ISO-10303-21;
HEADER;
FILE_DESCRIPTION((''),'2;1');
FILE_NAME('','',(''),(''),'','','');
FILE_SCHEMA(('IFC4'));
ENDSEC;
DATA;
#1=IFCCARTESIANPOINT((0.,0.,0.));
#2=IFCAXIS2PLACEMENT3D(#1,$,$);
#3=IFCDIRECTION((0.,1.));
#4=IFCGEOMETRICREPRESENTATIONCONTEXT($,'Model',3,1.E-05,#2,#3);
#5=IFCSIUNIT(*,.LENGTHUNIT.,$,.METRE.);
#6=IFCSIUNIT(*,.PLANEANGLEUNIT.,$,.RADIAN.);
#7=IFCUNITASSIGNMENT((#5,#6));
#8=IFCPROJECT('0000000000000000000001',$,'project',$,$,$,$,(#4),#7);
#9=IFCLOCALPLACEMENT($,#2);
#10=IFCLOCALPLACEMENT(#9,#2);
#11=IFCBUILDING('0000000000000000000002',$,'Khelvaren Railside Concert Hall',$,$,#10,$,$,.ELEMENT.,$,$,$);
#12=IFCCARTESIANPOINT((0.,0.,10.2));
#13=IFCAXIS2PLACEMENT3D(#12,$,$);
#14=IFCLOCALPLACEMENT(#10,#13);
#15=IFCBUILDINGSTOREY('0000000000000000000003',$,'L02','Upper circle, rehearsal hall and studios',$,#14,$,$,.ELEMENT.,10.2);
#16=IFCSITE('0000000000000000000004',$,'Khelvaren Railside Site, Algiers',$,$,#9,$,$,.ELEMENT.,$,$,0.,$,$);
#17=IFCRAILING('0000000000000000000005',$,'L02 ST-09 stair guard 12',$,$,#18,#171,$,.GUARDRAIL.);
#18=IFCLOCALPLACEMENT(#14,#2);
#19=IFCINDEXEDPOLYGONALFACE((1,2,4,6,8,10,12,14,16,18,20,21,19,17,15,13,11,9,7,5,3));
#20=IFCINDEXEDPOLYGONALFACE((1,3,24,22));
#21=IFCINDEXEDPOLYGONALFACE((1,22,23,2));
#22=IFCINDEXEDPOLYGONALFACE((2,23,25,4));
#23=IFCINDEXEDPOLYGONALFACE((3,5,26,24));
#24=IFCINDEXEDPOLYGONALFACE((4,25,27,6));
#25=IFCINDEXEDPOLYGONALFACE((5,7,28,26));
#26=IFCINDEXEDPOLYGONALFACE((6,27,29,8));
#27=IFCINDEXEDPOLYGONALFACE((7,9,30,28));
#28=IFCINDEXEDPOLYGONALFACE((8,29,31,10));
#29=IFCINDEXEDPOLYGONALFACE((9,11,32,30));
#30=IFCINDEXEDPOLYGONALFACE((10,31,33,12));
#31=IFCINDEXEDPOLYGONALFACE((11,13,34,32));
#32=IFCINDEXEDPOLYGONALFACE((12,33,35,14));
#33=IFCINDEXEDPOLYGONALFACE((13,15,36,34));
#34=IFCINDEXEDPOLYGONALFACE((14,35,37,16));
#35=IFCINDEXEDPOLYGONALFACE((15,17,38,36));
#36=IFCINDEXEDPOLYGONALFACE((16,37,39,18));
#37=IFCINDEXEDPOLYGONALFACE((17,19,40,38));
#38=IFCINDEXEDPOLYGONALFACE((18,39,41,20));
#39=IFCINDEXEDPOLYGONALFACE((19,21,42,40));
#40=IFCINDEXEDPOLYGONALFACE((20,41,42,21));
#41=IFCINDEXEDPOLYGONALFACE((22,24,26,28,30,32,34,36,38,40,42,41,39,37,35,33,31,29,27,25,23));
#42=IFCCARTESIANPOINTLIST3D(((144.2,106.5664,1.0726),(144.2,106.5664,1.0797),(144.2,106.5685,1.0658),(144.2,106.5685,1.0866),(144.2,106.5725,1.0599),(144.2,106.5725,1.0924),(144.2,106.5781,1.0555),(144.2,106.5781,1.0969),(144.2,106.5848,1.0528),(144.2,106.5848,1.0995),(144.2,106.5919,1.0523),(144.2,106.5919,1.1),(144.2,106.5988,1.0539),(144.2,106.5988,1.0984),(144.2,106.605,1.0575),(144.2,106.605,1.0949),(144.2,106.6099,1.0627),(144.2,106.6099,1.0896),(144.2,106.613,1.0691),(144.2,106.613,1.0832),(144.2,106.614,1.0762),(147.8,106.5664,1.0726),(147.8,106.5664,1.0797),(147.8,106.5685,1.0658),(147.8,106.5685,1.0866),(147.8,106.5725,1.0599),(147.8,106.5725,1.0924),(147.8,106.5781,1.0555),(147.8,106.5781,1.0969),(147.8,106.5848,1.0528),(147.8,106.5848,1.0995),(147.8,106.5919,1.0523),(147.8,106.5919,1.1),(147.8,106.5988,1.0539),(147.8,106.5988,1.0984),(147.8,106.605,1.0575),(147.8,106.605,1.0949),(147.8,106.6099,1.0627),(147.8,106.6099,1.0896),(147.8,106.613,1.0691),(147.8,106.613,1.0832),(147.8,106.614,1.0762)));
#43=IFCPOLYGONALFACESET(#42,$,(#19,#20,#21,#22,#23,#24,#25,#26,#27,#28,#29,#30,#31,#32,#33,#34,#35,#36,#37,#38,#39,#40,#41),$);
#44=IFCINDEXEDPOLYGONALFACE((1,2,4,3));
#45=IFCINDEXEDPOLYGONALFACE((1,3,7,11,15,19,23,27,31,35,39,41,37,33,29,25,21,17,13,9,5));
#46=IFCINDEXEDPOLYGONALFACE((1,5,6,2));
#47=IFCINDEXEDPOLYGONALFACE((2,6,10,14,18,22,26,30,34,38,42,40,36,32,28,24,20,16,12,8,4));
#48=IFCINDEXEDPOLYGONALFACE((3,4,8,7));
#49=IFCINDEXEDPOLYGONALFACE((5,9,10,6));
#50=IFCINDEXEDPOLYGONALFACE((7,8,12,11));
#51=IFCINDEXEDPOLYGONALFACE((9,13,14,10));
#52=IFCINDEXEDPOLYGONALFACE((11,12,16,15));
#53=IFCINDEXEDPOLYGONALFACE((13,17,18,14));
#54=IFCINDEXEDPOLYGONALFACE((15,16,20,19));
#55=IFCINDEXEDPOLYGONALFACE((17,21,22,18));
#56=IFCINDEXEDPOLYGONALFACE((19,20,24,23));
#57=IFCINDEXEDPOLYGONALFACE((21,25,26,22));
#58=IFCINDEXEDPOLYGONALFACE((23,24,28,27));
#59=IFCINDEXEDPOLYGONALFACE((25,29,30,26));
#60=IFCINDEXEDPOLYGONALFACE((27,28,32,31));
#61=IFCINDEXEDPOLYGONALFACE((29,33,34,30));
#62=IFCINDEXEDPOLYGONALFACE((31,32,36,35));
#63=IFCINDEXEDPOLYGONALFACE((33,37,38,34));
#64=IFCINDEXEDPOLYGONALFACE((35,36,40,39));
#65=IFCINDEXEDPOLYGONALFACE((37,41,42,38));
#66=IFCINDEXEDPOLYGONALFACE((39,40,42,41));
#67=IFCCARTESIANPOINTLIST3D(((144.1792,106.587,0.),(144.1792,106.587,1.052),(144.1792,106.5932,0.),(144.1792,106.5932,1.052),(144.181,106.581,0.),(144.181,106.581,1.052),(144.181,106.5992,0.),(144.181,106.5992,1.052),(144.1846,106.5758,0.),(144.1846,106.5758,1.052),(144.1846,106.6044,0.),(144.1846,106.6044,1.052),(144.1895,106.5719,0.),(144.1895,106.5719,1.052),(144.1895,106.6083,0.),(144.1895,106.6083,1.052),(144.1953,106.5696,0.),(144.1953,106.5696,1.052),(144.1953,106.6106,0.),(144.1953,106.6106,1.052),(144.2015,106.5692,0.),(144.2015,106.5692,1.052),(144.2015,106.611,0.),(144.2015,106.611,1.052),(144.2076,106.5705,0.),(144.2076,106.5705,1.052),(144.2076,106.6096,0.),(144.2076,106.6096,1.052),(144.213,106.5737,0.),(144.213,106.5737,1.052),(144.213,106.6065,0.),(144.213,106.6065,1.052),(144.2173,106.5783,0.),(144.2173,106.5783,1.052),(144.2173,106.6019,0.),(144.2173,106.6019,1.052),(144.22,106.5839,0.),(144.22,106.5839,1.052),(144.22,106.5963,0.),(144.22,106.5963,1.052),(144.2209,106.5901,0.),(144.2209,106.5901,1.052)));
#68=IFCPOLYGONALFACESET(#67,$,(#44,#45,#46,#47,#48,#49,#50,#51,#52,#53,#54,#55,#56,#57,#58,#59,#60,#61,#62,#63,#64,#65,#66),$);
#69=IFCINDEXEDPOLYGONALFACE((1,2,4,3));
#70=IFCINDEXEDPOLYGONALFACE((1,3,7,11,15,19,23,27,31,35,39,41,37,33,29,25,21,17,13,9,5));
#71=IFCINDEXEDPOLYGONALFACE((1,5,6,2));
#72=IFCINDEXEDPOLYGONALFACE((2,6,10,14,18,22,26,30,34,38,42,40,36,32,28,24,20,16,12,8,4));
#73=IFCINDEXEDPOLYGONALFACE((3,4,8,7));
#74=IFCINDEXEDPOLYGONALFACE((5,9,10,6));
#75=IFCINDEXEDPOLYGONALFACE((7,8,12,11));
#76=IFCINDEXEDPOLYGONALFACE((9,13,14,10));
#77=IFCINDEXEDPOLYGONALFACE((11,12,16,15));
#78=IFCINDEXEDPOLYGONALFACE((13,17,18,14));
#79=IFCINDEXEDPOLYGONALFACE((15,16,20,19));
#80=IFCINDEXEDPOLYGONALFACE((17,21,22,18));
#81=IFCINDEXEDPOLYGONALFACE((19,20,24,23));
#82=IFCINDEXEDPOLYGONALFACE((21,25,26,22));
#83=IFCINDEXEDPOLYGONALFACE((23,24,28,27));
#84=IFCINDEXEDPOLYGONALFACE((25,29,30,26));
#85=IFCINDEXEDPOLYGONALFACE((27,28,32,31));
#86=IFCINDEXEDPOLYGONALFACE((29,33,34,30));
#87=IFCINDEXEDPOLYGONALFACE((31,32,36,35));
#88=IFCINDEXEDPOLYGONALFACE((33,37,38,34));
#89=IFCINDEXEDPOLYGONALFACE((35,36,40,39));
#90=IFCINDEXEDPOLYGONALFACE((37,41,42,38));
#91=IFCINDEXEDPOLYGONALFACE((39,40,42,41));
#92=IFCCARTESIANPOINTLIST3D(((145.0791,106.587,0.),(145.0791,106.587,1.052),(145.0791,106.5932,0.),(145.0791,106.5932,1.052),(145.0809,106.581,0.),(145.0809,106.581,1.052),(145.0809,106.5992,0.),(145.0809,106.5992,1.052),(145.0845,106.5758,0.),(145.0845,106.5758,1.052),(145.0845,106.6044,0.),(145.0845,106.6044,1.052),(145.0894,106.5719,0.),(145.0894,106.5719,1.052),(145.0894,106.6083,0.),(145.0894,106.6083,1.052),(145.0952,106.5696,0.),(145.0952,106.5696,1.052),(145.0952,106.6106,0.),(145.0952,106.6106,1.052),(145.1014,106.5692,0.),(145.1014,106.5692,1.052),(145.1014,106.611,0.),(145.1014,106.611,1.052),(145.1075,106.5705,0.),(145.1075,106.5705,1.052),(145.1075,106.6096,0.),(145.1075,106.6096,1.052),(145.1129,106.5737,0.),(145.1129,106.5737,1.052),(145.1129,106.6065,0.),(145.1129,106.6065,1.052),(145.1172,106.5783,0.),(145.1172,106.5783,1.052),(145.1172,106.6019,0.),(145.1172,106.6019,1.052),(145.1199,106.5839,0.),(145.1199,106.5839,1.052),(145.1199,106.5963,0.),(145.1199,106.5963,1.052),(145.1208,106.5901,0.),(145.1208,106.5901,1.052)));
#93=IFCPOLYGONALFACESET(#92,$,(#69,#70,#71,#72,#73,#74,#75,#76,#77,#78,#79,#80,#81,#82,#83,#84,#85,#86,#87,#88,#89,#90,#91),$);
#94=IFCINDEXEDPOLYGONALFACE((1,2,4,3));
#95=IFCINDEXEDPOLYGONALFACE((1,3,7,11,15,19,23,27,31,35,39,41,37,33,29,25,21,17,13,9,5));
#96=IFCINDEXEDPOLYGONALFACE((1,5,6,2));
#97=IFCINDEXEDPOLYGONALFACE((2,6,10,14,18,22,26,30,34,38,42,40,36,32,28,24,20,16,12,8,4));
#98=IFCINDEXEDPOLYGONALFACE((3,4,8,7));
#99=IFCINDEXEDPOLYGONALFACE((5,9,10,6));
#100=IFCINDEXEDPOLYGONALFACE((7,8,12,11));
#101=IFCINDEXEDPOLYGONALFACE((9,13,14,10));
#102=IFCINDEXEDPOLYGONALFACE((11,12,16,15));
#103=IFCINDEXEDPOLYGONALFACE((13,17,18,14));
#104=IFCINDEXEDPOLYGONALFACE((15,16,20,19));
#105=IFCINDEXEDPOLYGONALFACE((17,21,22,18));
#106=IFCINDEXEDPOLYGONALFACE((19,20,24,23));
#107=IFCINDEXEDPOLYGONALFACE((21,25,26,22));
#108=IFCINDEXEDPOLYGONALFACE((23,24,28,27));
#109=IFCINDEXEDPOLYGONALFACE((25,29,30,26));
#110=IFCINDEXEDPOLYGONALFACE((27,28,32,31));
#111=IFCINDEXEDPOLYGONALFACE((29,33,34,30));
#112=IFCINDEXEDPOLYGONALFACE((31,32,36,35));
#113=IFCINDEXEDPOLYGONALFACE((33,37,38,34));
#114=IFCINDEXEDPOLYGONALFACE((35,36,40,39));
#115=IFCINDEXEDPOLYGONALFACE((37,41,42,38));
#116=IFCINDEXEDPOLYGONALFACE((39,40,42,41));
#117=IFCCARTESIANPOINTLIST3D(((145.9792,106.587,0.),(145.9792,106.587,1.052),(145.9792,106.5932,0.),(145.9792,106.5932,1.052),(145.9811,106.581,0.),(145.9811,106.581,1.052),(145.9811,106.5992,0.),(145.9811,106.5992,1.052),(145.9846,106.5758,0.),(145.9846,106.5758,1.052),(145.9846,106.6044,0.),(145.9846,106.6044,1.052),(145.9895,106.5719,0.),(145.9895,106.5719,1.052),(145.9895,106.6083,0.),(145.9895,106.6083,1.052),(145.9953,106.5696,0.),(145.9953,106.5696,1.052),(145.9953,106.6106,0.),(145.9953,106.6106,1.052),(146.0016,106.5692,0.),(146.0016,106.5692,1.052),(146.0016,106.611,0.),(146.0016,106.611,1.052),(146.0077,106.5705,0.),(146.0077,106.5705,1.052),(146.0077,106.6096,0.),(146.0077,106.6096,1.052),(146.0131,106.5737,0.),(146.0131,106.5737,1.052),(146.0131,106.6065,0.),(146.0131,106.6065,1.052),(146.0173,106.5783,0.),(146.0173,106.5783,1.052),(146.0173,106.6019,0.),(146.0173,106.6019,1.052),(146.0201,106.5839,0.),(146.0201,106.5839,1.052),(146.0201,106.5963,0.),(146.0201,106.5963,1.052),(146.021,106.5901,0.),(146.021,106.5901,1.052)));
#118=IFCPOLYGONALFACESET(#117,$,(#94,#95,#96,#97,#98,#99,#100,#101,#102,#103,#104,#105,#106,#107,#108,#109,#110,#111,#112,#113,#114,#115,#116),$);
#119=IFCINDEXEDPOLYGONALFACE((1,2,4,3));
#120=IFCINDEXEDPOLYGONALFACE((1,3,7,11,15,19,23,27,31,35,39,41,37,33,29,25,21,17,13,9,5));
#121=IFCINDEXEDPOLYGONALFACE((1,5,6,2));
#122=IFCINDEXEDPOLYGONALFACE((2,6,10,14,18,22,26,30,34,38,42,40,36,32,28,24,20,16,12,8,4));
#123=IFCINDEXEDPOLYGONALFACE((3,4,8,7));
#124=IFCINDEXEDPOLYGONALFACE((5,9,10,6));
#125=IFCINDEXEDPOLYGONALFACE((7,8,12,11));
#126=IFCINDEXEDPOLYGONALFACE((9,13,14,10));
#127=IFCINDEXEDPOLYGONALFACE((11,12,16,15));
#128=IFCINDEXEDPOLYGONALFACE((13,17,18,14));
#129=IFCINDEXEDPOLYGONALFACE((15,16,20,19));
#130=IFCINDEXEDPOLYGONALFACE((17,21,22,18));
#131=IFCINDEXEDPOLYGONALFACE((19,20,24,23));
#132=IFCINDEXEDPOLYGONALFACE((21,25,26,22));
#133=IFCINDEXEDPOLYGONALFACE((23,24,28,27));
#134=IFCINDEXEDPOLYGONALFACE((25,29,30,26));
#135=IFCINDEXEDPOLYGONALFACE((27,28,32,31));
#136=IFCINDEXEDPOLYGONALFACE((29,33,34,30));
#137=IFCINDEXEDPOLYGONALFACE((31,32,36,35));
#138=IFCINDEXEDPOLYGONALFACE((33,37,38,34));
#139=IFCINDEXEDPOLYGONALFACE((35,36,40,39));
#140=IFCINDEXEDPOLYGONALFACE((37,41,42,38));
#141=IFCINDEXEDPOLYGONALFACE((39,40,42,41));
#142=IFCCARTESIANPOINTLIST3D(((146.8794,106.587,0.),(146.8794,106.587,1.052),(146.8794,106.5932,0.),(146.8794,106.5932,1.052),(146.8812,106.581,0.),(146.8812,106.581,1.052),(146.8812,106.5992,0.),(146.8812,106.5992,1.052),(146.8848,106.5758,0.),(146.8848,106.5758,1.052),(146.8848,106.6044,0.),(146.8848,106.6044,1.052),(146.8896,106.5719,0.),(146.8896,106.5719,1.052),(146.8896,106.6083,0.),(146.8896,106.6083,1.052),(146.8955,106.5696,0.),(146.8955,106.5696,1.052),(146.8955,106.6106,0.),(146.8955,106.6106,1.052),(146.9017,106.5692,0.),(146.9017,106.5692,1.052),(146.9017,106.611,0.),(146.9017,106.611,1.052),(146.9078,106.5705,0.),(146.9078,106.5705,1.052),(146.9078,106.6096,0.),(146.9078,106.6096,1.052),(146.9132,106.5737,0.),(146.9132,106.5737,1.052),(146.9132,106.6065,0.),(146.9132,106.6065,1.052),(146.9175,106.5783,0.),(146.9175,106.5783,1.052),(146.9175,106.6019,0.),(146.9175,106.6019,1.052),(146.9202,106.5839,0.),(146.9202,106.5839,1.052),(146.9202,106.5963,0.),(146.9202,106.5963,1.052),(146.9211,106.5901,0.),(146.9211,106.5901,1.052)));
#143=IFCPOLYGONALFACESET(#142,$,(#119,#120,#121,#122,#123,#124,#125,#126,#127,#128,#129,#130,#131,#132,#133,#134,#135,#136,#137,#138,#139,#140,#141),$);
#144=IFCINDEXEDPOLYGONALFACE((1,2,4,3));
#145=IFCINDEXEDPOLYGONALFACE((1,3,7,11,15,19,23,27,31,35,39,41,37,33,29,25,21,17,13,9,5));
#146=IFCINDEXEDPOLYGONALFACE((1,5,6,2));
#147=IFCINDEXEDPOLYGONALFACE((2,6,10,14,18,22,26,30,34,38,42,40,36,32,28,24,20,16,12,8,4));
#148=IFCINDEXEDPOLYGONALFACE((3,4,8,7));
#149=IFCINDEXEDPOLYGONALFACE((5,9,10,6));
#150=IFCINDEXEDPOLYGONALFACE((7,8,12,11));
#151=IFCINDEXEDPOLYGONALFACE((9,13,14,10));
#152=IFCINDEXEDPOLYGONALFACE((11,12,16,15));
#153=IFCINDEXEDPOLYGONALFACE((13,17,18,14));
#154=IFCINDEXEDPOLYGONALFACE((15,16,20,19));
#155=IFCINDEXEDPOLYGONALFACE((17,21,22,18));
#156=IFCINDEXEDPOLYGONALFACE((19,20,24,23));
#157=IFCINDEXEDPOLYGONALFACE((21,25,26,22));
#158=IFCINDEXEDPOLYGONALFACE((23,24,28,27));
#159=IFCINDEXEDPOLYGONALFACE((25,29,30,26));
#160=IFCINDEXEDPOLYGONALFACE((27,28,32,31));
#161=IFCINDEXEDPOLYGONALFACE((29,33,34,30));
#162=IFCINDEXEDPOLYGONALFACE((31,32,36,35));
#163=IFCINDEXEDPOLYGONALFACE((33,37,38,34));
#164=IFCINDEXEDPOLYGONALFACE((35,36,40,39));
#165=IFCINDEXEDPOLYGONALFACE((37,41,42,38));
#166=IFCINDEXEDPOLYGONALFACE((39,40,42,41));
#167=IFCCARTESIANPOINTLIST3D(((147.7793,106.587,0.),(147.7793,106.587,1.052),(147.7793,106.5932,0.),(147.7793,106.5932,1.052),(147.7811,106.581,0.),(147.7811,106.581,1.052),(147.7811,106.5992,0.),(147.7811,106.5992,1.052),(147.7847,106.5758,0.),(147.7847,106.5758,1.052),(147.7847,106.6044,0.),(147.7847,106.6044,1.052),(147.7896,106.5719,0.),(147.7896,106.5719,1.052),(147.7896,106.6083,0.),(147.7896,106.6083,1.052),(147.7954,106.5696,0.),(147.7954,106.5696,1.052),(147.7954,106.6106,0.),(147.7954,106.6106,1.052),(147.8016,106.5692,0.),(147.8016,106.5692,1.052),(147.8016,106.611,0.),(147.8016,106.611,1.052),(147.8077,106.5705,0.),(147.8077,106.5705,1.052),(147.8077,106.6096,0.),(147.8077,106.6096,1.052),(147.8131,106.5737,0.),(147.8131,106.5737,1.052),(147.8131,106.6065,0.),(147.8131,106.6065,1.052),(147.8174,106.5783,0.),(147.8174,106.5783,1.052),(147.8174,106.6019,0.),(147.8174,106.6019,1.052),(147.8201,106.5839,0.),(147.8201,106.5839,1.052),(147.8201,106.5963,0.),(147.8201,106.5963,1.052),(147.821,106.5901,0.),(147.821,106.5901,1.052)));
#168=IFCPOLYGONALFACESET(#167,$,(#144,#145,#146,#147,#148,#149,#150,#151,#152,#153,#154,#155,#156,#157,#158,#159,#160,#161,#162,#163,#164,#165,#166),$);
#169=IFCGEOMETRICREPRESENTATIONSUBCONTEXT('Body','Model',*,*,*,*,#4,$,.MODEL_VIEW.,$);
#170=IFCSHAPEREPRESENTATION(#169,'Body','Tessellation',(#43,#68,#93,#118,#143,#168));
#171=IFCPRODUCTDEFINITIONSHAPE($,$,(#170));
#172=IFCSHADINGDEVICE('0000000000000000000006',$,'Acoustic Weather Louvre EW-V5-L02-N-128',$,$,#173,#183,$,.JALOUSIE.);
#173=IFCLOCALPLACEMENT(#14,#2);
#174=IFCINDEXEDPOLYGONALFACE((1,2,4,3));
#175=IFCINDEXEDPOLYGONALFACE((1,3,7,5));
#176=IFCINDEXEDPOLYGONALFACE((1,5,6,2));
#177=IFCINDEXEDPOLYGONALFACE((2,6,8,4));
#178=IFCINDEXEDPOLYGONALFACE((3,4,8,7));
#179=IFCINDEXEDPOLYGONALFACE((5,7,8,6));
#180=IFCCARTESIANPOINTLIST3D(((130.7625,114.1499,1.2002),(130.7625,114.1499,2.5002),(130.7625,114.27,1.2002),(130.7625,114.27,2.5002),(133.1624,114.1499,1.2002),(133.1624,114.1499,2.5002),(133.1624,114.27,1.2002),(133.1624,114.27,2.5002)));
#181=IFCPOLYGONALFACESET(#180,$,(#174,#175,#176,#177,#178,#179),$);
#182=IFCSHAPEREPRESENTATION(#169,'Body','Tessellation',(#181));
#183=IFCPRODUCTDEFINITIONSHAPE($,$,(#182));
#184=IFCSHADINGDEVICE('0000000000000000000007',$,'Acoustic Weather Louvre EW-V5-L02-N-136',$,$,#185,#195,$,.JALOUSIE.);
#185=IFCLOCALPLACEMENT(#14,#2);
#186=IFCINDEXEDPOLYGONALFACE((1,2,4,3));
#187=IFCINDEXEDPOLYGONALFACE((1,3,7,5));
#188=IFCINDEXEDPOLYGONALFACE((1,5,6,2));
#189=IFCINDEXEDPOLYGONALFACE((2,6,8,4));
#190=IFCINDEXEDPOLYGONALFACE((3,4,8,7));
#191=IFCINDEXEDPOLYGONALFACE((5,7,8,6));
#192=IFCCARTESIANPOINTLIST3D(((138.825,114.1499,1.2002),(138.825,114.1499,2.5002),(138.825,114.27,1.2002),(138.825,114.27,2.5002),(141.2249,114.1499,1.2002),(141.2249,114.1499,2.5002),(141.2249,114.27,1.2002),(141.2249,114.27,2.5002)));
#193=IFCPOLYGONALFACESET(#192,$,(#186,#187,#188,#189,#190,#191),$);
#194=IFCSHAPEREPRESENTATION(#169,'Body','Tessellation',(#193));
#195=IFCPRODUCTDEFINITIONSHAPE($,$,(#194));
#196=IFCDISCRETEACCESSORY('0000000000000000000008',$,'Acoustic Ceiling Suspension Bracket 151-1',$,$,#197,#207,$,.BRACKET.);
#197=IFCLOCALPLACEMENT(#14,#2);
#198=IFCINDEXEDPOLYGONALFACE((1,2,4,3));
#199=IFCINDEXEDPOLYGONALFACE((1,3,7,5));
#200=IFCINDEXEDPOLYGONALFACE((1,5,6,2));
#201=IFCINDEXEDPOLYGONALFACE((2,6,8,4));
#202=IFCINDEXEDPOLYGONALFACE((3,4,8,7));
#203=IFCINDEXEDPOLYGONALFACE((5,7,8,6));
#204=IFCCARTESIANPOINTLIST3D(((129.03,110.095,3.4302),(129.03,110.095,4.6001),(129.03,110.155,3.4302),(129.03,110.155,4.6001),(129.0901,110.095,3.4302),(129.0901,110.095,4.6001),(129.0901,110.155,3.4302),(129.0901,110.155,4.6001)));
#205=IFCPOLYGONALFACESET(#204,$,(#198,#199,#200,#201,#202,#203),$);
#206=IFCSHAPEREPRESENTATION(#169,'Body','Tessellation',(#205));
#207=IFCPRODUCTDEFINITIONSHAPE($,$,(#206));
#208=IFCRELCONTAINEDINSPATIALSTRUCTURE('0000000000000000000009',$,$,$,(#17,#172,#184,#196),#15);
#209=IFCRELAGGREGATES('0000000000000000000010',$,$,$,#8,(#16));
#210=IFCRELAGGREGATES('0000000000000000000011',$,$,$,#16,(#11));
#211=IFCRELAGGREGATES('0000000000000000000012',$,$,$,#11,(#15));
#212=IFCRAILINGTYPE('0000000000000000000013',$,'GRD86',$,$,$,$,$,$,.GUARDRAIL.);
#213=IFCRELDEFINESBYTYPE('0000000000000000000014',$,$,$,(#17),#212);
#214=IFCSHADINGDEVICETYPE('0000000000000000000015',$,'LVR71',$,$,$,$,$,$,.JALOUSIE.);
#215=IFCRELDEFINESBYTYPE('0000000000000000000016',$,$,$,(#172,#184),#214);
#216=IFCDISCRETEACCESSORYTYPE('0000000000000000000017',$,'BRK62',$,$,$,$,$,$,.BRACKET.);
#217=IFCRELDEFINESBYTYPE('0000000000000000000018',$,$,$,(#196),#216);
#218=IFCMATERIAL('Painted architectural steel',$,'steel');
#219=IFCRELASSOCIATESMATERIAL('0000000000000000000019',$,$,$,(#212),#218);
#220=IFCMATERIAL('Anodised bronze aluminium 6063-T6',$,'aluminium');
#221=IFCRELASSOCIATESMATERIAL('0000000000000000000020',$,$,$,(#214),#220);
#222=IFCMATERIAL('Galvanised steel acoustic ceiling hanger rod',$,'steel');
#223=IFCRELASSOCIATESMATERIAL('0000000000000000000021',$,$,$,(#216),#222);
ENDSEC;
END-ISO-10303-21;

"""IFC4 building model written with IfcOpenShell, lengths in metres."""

from ifc_helpers import new_model, si_unit, direction, frame, origin, origin_2d, place, context, subcontext, project, spatial, rectangle, circle, extrude, material, type_object, element, save


model = new_model("IFC4")

# Units and contexts
model_context = context("Model", 3, precision=1e-05, world=origin(), true_north=direction((0.0, 1.0)))
body_context = subcontext(model_context, "Body", "Model", "MODEL_VIEW")
ifc_project = project(units=[si_unit("LENGTHUNIT", "METRE"), si_unit("PLANEANGLEUNIT", "RADIAN")], contexts=[model_context])

# Site, building, storey
site_placement = place(None, origin())
site = spatial("IfcSite", under=ifc_project, at=site_placement, Name="Khelvaren Railside Site, Algiers", CompositionType="ELEMENT", RefElevation=0.0)
building_placement = place(site_placement, origin())
building = spatial("IfcBuilding", under=site, at=building_placement, Name="Khelvaren Railside Concert Hall", CompositionType="ELEMENT")
storey_placement = place(building_placement, frame((0.0, 0.0, 10.2)))
storey = spatial("IfcBuildingStorey", under=building, at=storey_placement, Name="L02", Description="Upper circle, rehearsal hall and studios", CompositionType="ELEMENT", Elevation=10.2)

# Railing
ifc_material_1 = material(Name="Painted architectural steel", Category="steel")
railing_type = type_object("IfcRailingType", Name="GRD86", PredefinedType="GUARDRAIL", material=ifc_material_1)
railing_placement = place(storey_placement, frame((144.2, 106.5901, 0.0)))
element("IfcRailing", 1, at=railing_placement, inside=storey, type_object=railing_type, Name="L02 ST-09 stair guard 12", PredefinedType="GUARDRAIL", context=body_context, shape_type="SweptSolid", body=[
    extrude(circle(Radius=0.0239, at=origin_2d()), frame((0.0, 0.0, 1.0762), z_axis=(1.0, 0.0, 0.0), x_axis=(0.0, 1.0, 0.0)), (0.0, 0.0, 1.0), 3.6001),
    extrude(circle(Radius=0.021, at=origin_2d()), origin(), (0.0, 0.0, 1.0), 1.052),
    extrude(circle(Radius=0.021, at=origin_2d()), frame((0.8999, 0.0, 0.0)), (0.0, 0.0, 1.0), 1.052),
    extrude(circle(Radius=0.021, at=origin_2d()), frame((1.8, 0.0, 0.0)), (0.0, 0.0, 1.0), 1.052),
    extrude(circle(Radius=0.021, at=origin_2d()), frame((2.7002, 0.0, 0.0)), (0.0, 0.0, 1.0), 1.052),
    extrude(circle(Radius=0.021, at=origin_2d()), frame((3.6001, 0.0, 0.0)), (0.0, 0.0, 1.0), 1.052),
])

# Shading devices
ifc_material_2 = material(Name="Anodised bronze aluminium 6063-T6", Category="aluminium")
shading_device_type = type_object("IfcShadingDeviceType", Name="LVR71", PredefinedType="JALOUSIE", material=ifc_material_2)
for number, where, z_axis, x_axis, name in (
    (2, (131.9624, 114.21, 1.2002), (0.0, 0.0, 1.0), (1.0, 0.0, 0.0), "Acoustic Weather Louvre EW-V5-L02-N-128"),
    (3, (140.0249, 114.21, 1.2002), (0.0, 0.0, 1.0), (1.0, 0.0, 0.0), "Acoustic Weather Louvre EW-V5-L02-N-136"),
):
    element("IfcShadingDevice", number, at=place(storey_placement, frame(where, z_axis=z_axis, x_axis=x_axis)), inside=storey, type_object=shading_device_type, Name=name, PredefinedType="JALOUSIE", context=body_context, shape_type="SweptSolid", body=[
        extrude(rectangle(XDim=2.3999, YDim=0.1201, at=origin_2d()), origin(), (0.0, 0.0, 1.0), 1.3),
    ])

# Discrete accessory
ifc_material_3 = material(Name="Galvanised steel acoustic ceiling hanger rod", Category="steel")
discrete_accessory_type_1 = type_object("IfcDiscreteAccessoryType", Name="BRK62", PredefinedType="BRACKET", material=ifc_material_3)
for number, where, z_axis, x_axis, name in (
    (4, (129.0601, 110.125, 3.4302), (0.0, 0.0, 1.0), (1.0, 0.0, 0.0), "Acoustic Ceiling Suspension Bracket 151-1"),
):
    element("IfcDiscreteAccessory", number, at=place(storey_placement, frame(where, z_axis=z_axis, x_axis=x_axis)), inside=storey, type_object=discrete_accessory_type_1, Name=name, PredefinedType="BRACKET", context=body_context, shape_type="SweptSolid", body=[
        extrude(rectangle(XDim=0.0601, YDim=0.0601, at=origin_2d()), origin(), (0.0, 0.0, 1.0), 1.1699),
    ])

save(model, "model.ifc")
